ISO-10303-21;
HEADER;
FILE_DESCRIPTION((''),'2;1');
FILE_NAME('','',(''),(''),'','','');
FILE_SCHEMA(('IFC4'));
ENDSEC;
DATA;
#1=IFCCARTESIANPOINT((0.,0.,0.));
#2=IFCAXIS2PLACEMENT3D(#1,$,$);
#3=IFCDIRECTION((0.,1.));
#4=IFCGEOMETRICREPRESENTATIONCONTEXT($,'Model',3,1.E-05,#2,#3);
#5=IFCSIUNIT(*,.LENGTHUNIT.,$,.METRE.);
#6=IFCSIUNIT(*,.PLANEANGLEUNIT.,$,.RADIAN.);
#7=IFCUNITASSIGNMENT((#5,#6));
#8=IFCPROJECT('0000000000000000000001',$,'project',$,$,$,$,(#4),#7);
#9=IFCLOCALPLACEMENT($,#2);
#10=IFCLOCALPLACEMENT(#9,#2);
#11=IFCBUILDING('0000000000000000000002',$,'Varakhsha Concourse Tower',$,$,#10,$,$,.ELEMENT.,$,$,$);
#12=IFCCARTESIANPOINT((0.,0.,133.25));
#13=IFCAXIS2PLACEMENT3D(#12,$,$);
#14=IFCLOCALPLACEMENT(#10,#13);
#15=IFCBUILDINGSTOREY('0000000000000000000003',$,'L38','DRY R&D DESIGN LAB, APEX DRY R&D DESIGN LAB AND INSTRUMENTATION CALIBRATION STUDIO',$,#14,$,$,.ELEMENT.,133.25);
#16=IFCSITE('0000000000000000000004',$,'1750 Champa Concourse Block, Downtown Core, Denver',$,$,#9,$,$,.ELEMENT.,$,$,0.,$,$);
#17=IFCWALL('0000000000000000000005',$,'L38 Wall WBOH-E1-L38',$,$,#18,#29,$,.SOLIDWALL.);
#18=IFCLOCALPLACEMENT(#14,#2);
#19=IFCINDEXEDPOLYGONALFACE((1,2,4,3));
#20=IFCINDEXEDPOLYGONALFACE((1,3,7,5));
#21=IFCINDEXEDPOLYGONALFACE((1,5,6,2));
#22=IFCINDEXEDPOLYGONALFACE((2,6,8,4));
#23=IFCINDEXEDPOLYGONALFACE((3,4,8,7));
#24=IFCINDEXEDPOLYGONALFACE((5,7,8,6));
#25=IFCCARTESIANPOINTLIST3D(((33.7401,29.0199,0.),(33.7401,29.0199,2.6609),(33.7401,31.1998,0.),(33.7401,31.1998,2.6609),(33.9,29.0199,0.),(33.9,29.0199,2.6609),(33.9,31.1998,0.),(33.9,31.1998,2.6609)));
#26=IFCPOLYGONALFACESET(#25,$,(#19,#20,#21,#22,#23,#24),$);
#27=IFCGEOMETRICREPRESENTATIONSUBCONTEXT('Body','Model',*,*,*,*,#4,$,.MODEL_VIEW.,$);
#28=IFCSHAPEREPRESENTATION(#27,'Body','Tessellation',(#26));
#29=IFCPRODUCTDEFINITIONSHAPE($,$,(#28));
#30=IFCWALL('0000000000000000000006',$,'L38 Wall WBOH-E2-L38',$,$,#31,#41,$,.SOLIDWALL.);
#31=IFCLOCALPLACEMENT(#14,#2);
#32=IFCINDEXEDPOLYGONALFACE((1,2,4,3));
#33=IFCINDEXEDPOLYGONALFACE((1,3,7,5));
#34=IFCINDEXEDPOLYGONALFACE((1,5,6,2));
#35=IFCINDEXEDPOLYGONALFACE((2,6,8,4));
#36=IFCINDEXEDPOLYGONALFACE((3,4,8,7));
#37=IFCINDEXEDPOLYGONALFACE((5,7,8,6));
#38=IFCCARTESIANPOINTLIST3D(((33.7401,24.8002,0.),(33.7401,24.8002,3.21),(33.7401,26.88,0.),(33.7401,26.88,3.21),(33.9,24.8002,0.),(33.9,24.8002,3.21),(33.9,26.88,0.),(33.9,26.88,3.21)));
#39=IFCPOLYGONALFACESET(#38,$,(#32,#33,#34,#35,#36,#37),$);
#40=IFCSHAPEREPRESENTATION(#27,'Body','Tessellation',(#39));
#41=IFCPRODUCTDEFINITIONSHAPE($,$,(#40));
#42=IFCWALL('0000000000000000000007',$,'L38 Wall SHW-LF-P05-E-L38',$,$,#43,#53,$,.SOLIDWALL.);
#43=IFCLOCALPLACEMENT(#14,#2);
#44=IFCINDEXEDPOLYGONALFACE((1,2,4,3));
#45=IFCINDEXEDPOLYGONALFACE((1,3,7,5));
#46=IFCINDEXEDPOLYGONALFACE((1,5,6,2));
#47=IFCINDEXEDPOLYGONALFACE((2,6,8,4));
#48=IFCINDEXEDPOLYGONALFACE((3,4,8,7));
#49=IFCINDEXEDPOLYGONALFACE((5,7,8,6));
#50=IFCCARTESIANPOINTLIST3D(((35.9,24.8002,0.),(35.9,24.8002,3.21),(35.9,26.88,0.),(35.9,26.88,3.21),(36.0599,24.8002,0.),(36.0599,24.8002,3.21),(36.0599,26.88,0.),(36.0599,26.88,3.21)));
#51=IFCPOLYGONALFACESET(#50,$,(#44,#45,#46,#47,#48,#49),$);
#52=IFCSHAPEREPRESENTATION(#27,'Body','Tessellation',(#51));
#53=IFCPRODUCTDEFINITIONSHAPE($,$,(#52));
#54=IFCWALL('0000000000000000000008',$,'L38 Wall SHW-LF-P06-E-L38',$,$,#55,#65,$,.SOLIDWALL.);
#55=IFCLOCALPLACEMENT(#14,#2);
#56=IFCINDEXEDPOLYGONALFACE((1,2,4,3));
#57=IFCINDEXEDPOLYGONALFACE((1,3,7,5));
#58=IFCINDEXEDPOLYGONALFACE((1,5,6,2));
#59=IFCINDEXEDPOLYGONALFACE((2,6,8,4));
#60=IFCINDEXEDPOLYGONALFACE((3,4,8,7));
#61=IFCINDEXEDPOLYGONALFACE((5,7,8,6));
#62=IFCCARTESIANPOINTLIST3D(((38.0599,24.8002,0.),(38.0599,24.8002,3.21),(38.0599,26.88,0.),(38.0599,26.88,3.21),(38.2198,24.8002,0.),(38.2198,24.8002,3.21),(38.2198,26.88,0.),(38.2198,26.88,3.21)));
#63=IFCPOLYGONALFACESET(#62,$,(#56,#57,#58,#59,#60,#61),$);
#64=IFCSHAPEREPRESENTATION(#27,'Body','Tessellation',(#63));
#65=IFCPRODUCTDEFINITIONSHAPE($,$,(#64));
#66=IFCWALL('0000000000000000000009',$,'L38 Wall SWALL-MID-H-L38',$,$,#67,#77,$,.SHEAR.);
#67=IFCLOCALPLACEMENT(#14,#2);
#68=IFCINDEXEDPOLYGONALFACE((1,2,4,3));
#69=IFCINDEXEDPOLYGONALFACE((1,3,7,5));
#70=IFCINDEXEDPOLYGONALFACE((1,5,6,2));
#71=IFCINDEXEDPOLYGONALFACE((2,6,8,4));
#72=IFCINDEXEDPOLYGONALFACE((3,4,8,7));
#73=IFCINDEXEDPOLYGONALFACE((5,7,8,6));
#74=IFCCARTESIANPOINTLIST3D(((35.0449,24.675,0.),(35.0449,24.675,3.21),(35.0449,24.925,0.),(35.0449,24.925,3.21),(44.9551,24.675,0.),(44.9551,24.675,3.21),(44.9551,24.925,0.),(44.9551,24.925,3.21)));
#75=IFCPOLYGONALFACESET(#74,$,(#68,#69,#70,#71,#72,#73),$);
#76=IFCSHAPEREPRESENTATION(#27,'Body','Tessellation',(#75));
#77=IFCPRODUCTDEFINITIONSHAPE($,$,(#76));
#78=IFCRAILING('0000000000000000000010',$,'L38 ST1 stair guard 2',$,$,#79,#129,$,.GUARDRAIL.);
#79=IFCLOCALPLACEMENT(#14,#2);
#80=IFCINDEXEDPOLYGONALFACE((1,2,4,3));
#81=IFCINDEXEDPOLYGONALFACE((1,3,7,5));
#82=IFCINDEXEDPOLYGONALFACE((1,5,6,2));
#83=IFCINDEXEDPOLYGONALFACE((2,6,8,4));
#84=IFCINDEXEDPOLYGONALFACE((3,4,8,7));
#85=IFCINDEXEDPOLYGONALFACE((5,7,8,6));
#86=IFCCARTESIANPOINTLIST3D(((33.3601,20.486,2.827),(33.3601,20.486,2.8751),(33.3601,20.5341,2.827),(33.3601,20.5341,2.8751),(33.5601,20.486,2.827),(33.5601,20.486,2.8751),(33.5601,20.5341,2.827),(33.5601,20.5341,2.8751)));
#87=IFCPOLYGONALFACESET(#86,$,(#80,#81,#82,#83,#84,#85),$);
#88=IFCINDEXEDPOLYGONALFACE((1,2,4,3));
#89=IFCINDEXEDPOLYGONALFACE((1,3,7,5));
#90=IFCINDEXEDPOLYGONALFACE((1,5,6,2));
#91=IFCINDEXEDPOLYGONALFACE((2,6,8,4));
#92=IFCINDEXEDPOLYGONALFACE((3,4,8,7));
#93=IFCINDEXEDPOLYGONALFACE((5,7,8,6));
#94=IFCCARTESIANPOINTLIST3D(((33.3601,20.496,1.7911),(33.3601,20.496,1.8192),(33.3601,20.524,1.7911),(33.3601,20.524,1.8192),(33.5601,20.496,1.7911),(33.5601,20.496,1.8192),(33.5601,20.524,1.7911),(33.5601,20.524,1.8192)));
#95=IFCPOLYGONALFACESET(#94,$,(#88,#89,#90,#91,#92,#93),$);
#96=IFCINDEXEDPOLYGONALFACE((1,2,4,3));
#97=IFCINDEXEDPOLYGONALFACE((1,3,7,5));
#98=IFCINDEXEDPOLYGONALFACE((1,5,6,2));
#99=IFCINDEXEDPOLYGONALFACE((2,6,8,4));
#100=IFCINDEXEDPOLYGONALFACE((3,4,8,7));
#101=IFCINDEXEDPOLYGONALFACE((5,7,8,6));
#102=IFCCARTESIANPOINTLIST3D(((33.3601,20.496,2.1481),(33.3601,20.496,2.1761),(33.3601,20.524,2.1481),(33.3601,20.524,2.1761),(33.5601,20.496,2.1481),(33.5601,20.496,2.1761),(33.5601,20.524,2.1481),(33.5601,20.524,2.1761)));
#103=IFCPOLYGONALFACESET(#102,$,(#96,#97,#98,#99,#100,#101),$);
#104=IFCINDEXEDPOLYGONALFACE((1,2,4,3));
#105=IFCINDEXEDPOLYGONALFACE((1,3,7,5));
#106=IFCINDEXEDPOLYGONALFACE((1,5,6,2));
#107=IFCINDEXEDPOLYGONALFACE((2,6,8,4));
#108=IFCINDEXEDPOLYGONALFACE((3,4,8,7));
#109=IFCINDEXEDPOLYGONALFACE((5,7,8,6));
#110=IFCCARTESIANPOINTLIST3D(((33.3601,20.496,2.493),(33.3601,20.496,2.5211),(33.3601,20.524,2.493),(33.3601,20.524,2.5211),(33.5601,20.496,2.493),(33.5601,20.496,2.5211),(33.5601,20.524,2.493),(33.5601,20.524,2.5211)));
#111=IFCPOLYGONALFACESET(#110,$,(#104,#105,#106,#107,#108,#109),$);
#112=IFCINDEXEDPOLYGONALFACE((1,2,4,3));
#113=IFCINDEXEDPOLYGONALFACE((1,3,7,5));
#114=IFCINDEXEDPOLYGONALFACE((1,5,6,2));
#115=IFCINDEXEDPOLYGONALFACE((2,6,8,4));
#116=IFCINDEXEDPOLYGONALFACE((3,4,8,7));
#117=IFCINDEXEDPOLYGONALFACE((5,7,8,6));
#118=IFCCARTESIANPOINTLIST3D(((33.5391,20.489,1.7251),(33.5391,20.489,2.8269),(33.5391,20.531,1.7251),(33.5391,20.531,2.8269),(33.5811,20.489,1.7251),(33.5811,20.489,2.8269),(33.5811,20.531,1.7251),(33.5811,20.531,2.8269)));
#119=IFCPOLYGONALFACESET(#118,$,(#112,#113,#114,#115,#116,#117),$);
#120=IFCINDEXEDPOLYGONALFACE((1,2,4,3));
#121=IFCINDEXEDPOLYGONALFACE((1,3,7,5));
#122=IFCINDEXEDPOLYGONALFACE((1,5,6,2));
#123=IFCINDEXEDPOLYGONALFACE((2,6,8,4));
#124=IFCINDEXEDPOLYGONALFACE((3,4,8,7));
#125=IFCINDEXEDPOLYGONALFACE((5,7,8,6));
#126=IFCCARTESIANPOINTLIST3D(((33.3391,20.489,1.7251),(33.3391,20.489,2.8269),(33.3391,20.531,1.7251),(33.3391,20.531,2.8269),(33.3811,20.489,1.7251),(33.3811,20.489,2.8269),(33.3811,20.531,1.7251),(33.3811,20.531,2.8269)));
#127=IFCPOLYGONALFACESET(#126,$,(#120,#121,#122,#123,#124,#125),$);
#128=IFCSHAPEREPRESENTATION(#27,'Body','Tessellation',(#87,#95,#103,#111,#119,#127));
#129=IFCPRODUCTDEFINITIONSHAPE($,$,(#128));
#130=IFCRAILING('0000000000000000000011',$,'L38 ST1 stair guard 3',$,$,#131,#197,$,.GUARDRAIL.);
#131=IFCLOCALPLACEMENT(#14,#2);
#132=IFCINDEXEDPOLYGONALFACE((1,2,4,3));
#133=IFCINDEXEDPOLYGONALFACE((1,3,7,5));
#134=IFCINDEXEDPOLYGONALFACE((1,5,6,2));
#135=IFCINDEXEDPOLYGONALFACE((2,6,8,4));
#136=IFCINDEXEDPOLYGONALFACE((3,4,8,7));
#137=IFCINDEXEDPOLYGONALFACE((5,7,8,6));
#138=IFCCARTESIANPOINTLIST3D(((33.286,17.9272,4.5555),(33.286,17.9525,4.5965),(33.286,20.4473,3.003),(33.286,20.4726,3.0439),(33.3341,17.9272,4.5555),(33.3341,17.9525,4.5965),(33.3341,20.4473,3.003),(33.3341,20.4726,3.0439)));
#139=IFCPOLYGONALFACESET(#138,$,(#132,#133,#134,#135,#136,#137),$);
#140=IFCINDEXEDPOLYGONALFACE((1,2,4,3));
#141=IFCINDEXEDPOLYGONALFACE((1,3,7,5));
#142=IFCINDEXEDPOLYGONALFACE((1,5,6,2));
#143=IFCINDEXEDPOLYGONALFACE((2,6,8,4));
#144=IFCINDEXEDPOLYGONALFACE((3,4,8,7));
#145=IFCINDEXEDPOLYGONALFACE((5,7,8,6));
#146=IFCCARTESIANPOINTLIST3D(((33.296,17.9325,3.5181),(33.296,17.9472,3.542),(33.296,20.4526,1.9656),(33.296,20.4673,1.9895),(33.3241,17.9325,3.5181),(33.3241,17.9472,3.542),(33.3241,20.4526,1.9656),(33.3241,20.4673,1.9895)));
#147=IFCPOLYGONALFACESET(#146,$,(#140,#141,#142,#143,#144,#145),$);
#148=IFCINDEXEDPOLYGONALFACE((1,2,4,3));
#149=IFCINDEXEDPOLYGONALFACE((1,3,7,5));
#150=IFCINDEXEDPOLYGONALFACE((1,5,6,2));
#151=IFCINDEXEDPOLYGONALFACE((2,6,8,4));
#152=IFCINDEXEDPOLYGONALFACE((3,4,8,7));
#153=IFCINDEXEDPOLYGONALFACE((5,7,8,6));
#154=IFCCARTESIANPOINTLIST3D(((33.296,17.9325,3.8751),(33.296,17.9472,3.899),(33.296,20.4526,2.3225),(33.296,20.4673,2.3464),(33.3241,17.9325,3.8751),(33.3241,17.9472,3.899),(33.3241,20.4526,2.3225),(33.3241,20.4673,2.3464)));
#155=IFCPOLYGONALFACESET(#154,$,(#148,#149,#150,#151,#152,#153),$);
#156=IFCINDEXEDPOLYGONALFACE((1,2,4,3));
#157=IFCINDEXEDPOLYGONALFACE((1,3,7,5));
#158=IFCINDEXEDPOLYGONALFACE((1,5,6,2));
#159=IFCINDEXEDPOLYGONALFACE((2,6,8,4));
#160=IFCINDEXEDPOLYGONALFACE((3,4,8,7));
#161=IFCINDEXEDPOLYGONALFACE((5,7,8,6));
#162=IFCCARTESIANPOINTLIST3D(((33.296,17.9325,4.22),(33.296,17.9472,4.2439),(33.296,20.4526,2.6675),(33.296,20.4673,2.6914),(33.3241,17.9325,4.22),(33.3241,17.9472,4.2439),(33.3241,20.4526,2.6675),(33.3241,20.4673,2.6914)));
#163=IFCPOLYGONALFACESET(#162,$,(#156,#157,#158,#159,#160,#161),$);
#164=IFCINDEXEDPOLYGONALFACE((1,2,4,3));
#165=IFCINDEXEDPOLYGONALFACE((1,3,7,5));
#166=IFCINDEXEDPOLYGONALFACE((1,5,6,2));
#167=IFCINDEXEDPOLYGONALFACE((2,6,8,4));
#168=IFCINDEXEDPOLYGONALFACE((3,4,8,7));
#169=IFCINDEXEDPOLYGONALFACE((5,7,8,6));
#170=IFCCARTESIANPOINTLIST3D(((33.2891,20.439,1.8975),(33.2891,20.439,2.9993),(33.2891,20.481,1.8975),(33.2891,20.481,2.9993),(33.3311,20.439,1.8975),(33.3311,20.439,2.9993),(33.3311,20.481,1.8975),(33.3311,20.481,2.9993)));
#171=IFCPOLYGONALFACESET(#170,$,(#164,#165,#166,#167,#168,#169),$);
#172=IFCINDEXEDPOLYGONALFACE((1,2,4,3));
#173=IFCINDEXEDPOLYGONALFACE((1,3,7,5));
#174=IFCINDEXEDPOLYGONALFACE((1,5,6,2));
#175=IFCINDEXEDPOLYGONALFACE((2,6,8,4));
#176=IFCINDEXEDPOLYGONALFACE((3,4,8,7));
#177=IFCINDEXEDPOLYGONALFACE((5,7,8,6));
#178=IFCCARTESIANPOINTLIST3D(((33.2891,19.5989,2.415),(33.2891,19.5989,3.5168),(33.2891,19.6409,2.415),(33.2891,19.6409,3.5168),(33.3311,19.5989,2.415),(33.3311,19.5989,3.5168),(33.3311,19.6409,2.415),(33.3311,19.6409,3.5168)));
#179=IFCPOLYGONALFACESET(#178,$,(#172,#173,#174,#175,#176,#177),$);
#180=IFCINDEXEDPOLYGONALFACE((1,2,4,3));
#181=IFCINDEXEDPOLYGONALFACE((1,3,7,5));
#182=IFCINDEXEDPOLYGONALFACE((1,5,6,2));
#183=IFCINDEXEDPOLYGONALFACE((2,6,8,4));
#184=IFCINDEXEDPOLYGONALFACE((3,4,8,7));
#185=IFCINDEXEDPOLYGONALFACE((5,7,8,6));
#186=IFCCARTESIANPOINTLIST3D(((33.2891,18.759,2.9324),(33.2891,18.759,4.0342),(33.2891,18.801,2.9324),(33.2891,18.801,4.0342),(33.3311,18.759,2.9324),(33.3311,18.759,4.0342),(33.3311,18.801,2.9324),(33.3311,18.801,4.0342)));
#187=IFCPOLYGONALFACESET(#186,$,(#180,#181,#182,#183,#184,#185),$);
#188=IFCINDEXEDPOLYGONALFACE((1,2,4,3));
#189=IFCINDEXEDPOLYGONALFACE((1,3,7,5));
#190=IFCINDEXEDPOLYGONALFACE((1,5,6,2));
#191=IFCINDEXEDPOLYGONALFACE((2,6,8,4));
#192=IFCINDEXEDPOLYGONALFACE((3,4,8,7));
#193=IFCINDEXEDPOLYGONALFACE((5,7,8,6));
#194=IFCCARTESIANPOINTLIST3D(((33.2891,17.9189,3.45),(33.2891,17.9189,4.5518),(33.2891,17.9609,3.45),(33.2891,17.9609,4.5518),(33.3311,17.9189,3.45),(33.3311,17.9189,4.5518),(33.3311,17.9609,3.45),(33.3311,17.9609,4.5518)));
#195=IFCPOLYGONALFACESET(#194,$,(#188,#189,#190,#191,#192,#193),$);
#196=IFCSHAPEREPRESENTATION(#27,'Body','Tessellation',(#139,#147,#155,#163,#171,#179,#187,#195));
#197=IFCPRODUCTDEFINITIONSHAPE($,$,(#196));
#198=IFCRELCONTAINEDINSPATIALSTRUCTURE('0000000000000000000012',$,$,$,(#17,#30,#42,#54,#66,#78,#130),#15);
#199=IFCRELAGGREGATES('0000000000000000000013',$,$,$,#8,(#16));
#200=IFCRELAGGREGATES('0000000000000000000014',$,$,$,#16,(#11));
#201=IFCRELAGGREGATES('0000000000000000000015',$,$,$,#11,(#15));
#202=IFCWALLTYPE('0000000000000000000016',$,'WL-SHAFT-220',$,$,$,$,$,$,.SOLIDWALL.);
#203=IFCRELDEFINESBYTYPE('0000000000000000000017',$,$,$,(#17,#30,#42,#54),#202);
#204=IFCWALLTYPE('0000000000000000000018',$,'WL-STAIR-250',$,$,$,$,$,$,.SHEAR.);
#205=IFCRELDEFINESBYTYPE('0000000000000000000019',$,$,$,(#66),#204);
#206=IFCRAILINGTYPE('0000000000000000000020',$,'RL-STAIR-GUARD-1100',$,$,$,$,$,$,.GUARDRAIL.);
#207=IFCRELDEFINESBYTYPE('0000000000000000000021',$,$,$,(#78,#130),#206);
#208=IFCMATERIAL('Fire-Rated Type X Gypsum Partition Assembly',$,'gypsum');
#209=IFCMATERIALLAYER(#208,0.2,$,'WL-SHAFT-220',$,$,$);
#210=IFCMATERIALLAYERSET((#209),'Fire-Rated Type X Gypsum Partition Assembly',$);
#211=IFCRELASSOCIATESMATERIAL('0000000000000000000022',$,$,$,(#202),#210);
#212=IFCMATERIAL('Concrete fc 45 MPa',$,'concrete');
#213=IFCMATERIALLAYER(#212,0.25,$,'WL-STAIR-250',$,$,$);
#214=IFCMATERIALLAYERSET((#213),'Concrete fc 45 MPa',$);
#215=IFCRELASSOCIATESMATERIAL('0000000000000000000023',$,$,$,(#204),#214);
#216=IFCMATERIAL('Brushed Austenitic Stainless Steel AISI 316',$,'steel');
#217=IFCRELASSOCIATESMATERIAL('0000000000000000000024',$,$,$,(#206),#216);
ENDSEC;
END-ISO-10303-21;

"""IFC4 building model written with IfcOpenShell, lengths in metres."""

from ifc_helpers import new_model, si_unit, direction, frame, frame_2d, origin, origin_2d, place, context, subcontext, project, spatial, rectangle, extrude, material, layer, layer_set, type_object, element, save


model = new_model("IFC4")

# Units and contexts
model_context = context("Model", 3, precision=1e-05, world=origin(), true_north=direction((0.0, 1.0)))
body_context = subcontext(model_context, "Body", "Model", "MODEL_VIEW")
ifc_project = project(units=[si_unit("LENGTHUNIT", "METRE"), si_unit("PLANEANGLEUNIT", "RADIAN")], contexts=[model_context])

# Site, building, storey
site_placement = place(None, origin())
site = spatial("IfcSite", under=ifc_project, at=site_placement, Name="1750 Champa Concourse Block, Downtown Core, Denver", CompositionType="ELEMENT", RefElevation=0.0)
building_placement = place(site_placement, origin())
building = spatial("IfcBuilding", under=site, at=building_placement, Name="Varakhsha Concourse Tower", CompositionType="ELEMENT")
storey_placement = place(building_placement, frame((0.0, 0.0, 133.25)))
storey = spatial("IfcBuildingStorey", under=building, at=storey_placement, Name="L38", Description="DRY R&D DESIGN LAB, APEX DRY R&D DESIGN LAB AND INSTRUMENTATION CALIBRATION STUDIO", CompositionType="ELEMENT", Elevation=133.25)

# Shared definitions
ifc_material_1 = material(Name="Fire-Rated Type X Gypsum Partition Assembly", Category="gypsum")
ifc_layer_1 = layer(ifc_material_1, 0.2, Name="WL-SHAFT-220")
ifc_layer_set_1 = layer_set([ifc_layer_1], Name="Fire-Rated Type X Gypsum Partition Assembly")
wall_type_1 = type_object("IfcWallType", Name="WL-SHAFT-220", PredefinedType="SOLIDWALL", material=ifc_layer_set_1)
ifc_material_2 = material(Name="Brushed Austenitic Stainless Steel AISI 316", Category="steel")

# Walls
wall_1_placement = place(storey_placement, frame((33.8201, 29.02, 0.0), z_axis=(0.0, 0.0, 1.0), x_axis=(0.0, 1.0, 0.0)))
element("IfcWall", 1, at=wall_1_placement, inside=storey, type_object=wall_type_1, Name="L38 Wall WBOH-E1-L38", PredefinedType="SOLIDWALL", context=body_context, shape_type="SweptSolid", body=[
    extrude(rectangle(XDim=2.1799, YDim=0.1599, at=frame_2d((1.0898, 0.0))), origin(), (0.0, 0.0, 1.0), 2.6609),
])
for number, where, z_axis, x_axis, name in (
    (2, (33.8201, 24.8, 0.0), (0.0, 0.0, 1.0), (0.0, 1.0, 0.0), "L38 Wall WBOH-E2-L38"),
    (3, (35.98, 24.8, 0.0), (0.0, 0.0, 1.0), (0.0, 1.0, 0.0), "L38 Wall SHW-LF-P05-E-L38"),
    (4, (38.1399, 24.8, 0.0), (0.0, 0.0, 1.0), (0.0, 1.0, 0.0), "L38 Wall SHW-LF-P06-E-L38"),
):
    element("IfcWall", number, at=place(storey_placement, frame(where, z_axis=z_axis, x_axis=x_axis)), inside=storey, type_object=wall_type_1, Name=name, PredefinedType="SOLIDWALL", context=body_context, shape_type="SweptSolid", body=[
        extrude(rectangle(XDim=2.0798, YDim=0.1599, at=frame_2d((1.04, 0.0))), origin(), (0.0, 0.0, 1.0), 3.21),
    ])
ifc_material_3 = material(Name="Concrete fc 45 MPa", Category="concrete")
ifc_layer_2 = layer(ifc_material_3, 0.25, Name="WL-STAIR-250")
ifc_layer_set_2 = layer_set([ifc_layer_2], Name="Concrete fc 45 MPa")
wall_type_2 = type_object("IfcWallType", Name="WL-STAIR-250", PredefinedType="SHEAR", material=ifc_layer_set_2)
wall_2_placement = place(storey_placement, frame((35.0449, 24.8, 0.0), z_axis=(0.0, 0.0, 1.0), x_axis=(1.0, 0.0, 0.0)))
element("IfcWall", 5, at=wall_2_placement, inside=storey, type_object=wall_type_2, Name="L38 Wall SWALL-MID-H-L38", PredefinedType="SHEAR", context=body_context, shape_type="SweptSolid", body=[
    extrude(rectangle(XDim=9.9102, YDim=0.25, at=frame_2d((4.9551, 0.0))), origin(), (0.0, 0.0, 1.0), 3.21),
])

# Railings
railing_type = type_object("IfcRailingType", Name="RL-STAIR-GUARD-1100", PredefinedType="GUARDRAIL", material=ifc_material_2)
railing_1_placement = place(storey_placement, frame((33.5601, 20.51, 1.7251)))
element("IfcRailing", 6, at=railing_1_placement, inside=storey, type_object=railing_type, Name="L38 ST1 stair guard 2", PredefinedType="GUARDRAIL", context=body_context, shape_type="SweptSolid", body=[
    extrude(rectangle(XDim=0.0481, YDim=0.0481, at=origin_2d()), frame((0.0, 0.0, 1.126), z_axis=(-1.0, 0.0, 0.0), x_axis=(0.0, -1.0, 0.0)), (0.0, 0.0, 1.0), 0.2),
    extrude(rectangle(XDim=0.0281, YDim=0.0281, at=origin_2d()), frame((0.0, 0.0, 0.0801), z_axis=(-1.0, 0.0, 0.0), x_axis=(0.0, -1.0, 0.0)), (0.0, 0.0, 1.0), 0.2),
    extrude(rectangle(XDim=0.0281, YDim=0.0281, at=origin_2d()), frame((0.0, 0.0, 0.437), z_axis=(-1.0, 0.0, 0.0), x_axis=(0.0, -1.0, 0.0)), (0.0, 0.0, 1.0), 0.2),
    extrude(rectangle(XDim=0.0281, YDim=0.0281, at=origin_2d()), frame((0.0, 0.0, 0.782), z_axis=(-1.0, 0.0, 0.0), x_axis=(0.0, -1.0, 0.0)), (0.0, 0.0, 1.0), 0.2),
    extrude(rectangle(XDim=0.042, YDim=0.042, at=origin_2d()), origin(), (0.0, 0.0, 1.0), 1.1018),
    extrude(rectangle(XDim=0.042, YDim=0.042, at=origin_2d()), frame((-0.2, 0.0, 0.0)), (0.0, 0.0, 1.0), 1.1018),
])
railing_2_placement = place(storey_placement, frame((33.3101, 20.46, 1.8975)))
element("IfcRailing", 7, at=railing_2_placement, inside=storey, type_object=railing_type, Name="L38 ST1 stair guard 3", PredefinedType="GUARDRAIL", context=body_context, shape_type="SweptSolid", body=[
    extrude(rectangle(XDim=0.0481, YDim=0.0481, at=origin_2d()), frame((0.0, 0.0, 1.126), z_axis=(0.0, -0.8514, 0.524516), x_axis=(1.0, 0.0, 0.0)), (0.0, 0.0, 1.0), 2.96),
    extrude(rectangle(XDim=0.0281, YDim=0.0281, at=origin_2d()), frame((0.0, 0.0, 0.0801), z_axis=(0.0, -0.8514, 0.524516), x_axis=(1.0, 0.0, 0.0)), (0.0, 0.0, 1.0), 2.96),
    extrude(rectangle(XDim=0.0281, YDim=0.0281, at=origin_2d()), frame((0.0, 0.0, 0.437), z_axis=(0.0, -0.8514, 0.524516), x_axis=(1.0, 0.0, 0.0)), (0.0, 0.0, 1.0), 2.96),
    extrude(rectangle(XDim=0.0281, YDim=0.0281, at=origin_2d()), frame((0.0, 0.0, 0.782), z_axis=(0.0, -0.8514, 0.524516), x_axis=(1.0, 0.0, 0.0)), (0.0, 0.0, 1.0), 2.96),
    extrude(rectangle(XDim=0.042, YDim=0.042, at=origin_2d()), origin(), (0.0, 0.0, 1.0), 1.1018),
    extrude(rectangle(XDim=0.042, YDim=0.042, at=origin_2d()), frame((0.0, -0.8401, 0.5176)), (0.0, 0.0, 1.0), 1.1018),
    extrude(rectangle(XDim=0.042, YDim=0.042, at=origin_2d()), frame((0.0, -1.6799, 1.0349)), (0.0, 0.0, 1.0), 1.1018),
    extrude(rectangle(XDim=0.042, YDim=0.042, at=origin_2d()), frame((0.0, -2.52, 1.5525)), (0.0, 0.0, 1.0), 1.1018),
])

save(model, "model.ifc")
